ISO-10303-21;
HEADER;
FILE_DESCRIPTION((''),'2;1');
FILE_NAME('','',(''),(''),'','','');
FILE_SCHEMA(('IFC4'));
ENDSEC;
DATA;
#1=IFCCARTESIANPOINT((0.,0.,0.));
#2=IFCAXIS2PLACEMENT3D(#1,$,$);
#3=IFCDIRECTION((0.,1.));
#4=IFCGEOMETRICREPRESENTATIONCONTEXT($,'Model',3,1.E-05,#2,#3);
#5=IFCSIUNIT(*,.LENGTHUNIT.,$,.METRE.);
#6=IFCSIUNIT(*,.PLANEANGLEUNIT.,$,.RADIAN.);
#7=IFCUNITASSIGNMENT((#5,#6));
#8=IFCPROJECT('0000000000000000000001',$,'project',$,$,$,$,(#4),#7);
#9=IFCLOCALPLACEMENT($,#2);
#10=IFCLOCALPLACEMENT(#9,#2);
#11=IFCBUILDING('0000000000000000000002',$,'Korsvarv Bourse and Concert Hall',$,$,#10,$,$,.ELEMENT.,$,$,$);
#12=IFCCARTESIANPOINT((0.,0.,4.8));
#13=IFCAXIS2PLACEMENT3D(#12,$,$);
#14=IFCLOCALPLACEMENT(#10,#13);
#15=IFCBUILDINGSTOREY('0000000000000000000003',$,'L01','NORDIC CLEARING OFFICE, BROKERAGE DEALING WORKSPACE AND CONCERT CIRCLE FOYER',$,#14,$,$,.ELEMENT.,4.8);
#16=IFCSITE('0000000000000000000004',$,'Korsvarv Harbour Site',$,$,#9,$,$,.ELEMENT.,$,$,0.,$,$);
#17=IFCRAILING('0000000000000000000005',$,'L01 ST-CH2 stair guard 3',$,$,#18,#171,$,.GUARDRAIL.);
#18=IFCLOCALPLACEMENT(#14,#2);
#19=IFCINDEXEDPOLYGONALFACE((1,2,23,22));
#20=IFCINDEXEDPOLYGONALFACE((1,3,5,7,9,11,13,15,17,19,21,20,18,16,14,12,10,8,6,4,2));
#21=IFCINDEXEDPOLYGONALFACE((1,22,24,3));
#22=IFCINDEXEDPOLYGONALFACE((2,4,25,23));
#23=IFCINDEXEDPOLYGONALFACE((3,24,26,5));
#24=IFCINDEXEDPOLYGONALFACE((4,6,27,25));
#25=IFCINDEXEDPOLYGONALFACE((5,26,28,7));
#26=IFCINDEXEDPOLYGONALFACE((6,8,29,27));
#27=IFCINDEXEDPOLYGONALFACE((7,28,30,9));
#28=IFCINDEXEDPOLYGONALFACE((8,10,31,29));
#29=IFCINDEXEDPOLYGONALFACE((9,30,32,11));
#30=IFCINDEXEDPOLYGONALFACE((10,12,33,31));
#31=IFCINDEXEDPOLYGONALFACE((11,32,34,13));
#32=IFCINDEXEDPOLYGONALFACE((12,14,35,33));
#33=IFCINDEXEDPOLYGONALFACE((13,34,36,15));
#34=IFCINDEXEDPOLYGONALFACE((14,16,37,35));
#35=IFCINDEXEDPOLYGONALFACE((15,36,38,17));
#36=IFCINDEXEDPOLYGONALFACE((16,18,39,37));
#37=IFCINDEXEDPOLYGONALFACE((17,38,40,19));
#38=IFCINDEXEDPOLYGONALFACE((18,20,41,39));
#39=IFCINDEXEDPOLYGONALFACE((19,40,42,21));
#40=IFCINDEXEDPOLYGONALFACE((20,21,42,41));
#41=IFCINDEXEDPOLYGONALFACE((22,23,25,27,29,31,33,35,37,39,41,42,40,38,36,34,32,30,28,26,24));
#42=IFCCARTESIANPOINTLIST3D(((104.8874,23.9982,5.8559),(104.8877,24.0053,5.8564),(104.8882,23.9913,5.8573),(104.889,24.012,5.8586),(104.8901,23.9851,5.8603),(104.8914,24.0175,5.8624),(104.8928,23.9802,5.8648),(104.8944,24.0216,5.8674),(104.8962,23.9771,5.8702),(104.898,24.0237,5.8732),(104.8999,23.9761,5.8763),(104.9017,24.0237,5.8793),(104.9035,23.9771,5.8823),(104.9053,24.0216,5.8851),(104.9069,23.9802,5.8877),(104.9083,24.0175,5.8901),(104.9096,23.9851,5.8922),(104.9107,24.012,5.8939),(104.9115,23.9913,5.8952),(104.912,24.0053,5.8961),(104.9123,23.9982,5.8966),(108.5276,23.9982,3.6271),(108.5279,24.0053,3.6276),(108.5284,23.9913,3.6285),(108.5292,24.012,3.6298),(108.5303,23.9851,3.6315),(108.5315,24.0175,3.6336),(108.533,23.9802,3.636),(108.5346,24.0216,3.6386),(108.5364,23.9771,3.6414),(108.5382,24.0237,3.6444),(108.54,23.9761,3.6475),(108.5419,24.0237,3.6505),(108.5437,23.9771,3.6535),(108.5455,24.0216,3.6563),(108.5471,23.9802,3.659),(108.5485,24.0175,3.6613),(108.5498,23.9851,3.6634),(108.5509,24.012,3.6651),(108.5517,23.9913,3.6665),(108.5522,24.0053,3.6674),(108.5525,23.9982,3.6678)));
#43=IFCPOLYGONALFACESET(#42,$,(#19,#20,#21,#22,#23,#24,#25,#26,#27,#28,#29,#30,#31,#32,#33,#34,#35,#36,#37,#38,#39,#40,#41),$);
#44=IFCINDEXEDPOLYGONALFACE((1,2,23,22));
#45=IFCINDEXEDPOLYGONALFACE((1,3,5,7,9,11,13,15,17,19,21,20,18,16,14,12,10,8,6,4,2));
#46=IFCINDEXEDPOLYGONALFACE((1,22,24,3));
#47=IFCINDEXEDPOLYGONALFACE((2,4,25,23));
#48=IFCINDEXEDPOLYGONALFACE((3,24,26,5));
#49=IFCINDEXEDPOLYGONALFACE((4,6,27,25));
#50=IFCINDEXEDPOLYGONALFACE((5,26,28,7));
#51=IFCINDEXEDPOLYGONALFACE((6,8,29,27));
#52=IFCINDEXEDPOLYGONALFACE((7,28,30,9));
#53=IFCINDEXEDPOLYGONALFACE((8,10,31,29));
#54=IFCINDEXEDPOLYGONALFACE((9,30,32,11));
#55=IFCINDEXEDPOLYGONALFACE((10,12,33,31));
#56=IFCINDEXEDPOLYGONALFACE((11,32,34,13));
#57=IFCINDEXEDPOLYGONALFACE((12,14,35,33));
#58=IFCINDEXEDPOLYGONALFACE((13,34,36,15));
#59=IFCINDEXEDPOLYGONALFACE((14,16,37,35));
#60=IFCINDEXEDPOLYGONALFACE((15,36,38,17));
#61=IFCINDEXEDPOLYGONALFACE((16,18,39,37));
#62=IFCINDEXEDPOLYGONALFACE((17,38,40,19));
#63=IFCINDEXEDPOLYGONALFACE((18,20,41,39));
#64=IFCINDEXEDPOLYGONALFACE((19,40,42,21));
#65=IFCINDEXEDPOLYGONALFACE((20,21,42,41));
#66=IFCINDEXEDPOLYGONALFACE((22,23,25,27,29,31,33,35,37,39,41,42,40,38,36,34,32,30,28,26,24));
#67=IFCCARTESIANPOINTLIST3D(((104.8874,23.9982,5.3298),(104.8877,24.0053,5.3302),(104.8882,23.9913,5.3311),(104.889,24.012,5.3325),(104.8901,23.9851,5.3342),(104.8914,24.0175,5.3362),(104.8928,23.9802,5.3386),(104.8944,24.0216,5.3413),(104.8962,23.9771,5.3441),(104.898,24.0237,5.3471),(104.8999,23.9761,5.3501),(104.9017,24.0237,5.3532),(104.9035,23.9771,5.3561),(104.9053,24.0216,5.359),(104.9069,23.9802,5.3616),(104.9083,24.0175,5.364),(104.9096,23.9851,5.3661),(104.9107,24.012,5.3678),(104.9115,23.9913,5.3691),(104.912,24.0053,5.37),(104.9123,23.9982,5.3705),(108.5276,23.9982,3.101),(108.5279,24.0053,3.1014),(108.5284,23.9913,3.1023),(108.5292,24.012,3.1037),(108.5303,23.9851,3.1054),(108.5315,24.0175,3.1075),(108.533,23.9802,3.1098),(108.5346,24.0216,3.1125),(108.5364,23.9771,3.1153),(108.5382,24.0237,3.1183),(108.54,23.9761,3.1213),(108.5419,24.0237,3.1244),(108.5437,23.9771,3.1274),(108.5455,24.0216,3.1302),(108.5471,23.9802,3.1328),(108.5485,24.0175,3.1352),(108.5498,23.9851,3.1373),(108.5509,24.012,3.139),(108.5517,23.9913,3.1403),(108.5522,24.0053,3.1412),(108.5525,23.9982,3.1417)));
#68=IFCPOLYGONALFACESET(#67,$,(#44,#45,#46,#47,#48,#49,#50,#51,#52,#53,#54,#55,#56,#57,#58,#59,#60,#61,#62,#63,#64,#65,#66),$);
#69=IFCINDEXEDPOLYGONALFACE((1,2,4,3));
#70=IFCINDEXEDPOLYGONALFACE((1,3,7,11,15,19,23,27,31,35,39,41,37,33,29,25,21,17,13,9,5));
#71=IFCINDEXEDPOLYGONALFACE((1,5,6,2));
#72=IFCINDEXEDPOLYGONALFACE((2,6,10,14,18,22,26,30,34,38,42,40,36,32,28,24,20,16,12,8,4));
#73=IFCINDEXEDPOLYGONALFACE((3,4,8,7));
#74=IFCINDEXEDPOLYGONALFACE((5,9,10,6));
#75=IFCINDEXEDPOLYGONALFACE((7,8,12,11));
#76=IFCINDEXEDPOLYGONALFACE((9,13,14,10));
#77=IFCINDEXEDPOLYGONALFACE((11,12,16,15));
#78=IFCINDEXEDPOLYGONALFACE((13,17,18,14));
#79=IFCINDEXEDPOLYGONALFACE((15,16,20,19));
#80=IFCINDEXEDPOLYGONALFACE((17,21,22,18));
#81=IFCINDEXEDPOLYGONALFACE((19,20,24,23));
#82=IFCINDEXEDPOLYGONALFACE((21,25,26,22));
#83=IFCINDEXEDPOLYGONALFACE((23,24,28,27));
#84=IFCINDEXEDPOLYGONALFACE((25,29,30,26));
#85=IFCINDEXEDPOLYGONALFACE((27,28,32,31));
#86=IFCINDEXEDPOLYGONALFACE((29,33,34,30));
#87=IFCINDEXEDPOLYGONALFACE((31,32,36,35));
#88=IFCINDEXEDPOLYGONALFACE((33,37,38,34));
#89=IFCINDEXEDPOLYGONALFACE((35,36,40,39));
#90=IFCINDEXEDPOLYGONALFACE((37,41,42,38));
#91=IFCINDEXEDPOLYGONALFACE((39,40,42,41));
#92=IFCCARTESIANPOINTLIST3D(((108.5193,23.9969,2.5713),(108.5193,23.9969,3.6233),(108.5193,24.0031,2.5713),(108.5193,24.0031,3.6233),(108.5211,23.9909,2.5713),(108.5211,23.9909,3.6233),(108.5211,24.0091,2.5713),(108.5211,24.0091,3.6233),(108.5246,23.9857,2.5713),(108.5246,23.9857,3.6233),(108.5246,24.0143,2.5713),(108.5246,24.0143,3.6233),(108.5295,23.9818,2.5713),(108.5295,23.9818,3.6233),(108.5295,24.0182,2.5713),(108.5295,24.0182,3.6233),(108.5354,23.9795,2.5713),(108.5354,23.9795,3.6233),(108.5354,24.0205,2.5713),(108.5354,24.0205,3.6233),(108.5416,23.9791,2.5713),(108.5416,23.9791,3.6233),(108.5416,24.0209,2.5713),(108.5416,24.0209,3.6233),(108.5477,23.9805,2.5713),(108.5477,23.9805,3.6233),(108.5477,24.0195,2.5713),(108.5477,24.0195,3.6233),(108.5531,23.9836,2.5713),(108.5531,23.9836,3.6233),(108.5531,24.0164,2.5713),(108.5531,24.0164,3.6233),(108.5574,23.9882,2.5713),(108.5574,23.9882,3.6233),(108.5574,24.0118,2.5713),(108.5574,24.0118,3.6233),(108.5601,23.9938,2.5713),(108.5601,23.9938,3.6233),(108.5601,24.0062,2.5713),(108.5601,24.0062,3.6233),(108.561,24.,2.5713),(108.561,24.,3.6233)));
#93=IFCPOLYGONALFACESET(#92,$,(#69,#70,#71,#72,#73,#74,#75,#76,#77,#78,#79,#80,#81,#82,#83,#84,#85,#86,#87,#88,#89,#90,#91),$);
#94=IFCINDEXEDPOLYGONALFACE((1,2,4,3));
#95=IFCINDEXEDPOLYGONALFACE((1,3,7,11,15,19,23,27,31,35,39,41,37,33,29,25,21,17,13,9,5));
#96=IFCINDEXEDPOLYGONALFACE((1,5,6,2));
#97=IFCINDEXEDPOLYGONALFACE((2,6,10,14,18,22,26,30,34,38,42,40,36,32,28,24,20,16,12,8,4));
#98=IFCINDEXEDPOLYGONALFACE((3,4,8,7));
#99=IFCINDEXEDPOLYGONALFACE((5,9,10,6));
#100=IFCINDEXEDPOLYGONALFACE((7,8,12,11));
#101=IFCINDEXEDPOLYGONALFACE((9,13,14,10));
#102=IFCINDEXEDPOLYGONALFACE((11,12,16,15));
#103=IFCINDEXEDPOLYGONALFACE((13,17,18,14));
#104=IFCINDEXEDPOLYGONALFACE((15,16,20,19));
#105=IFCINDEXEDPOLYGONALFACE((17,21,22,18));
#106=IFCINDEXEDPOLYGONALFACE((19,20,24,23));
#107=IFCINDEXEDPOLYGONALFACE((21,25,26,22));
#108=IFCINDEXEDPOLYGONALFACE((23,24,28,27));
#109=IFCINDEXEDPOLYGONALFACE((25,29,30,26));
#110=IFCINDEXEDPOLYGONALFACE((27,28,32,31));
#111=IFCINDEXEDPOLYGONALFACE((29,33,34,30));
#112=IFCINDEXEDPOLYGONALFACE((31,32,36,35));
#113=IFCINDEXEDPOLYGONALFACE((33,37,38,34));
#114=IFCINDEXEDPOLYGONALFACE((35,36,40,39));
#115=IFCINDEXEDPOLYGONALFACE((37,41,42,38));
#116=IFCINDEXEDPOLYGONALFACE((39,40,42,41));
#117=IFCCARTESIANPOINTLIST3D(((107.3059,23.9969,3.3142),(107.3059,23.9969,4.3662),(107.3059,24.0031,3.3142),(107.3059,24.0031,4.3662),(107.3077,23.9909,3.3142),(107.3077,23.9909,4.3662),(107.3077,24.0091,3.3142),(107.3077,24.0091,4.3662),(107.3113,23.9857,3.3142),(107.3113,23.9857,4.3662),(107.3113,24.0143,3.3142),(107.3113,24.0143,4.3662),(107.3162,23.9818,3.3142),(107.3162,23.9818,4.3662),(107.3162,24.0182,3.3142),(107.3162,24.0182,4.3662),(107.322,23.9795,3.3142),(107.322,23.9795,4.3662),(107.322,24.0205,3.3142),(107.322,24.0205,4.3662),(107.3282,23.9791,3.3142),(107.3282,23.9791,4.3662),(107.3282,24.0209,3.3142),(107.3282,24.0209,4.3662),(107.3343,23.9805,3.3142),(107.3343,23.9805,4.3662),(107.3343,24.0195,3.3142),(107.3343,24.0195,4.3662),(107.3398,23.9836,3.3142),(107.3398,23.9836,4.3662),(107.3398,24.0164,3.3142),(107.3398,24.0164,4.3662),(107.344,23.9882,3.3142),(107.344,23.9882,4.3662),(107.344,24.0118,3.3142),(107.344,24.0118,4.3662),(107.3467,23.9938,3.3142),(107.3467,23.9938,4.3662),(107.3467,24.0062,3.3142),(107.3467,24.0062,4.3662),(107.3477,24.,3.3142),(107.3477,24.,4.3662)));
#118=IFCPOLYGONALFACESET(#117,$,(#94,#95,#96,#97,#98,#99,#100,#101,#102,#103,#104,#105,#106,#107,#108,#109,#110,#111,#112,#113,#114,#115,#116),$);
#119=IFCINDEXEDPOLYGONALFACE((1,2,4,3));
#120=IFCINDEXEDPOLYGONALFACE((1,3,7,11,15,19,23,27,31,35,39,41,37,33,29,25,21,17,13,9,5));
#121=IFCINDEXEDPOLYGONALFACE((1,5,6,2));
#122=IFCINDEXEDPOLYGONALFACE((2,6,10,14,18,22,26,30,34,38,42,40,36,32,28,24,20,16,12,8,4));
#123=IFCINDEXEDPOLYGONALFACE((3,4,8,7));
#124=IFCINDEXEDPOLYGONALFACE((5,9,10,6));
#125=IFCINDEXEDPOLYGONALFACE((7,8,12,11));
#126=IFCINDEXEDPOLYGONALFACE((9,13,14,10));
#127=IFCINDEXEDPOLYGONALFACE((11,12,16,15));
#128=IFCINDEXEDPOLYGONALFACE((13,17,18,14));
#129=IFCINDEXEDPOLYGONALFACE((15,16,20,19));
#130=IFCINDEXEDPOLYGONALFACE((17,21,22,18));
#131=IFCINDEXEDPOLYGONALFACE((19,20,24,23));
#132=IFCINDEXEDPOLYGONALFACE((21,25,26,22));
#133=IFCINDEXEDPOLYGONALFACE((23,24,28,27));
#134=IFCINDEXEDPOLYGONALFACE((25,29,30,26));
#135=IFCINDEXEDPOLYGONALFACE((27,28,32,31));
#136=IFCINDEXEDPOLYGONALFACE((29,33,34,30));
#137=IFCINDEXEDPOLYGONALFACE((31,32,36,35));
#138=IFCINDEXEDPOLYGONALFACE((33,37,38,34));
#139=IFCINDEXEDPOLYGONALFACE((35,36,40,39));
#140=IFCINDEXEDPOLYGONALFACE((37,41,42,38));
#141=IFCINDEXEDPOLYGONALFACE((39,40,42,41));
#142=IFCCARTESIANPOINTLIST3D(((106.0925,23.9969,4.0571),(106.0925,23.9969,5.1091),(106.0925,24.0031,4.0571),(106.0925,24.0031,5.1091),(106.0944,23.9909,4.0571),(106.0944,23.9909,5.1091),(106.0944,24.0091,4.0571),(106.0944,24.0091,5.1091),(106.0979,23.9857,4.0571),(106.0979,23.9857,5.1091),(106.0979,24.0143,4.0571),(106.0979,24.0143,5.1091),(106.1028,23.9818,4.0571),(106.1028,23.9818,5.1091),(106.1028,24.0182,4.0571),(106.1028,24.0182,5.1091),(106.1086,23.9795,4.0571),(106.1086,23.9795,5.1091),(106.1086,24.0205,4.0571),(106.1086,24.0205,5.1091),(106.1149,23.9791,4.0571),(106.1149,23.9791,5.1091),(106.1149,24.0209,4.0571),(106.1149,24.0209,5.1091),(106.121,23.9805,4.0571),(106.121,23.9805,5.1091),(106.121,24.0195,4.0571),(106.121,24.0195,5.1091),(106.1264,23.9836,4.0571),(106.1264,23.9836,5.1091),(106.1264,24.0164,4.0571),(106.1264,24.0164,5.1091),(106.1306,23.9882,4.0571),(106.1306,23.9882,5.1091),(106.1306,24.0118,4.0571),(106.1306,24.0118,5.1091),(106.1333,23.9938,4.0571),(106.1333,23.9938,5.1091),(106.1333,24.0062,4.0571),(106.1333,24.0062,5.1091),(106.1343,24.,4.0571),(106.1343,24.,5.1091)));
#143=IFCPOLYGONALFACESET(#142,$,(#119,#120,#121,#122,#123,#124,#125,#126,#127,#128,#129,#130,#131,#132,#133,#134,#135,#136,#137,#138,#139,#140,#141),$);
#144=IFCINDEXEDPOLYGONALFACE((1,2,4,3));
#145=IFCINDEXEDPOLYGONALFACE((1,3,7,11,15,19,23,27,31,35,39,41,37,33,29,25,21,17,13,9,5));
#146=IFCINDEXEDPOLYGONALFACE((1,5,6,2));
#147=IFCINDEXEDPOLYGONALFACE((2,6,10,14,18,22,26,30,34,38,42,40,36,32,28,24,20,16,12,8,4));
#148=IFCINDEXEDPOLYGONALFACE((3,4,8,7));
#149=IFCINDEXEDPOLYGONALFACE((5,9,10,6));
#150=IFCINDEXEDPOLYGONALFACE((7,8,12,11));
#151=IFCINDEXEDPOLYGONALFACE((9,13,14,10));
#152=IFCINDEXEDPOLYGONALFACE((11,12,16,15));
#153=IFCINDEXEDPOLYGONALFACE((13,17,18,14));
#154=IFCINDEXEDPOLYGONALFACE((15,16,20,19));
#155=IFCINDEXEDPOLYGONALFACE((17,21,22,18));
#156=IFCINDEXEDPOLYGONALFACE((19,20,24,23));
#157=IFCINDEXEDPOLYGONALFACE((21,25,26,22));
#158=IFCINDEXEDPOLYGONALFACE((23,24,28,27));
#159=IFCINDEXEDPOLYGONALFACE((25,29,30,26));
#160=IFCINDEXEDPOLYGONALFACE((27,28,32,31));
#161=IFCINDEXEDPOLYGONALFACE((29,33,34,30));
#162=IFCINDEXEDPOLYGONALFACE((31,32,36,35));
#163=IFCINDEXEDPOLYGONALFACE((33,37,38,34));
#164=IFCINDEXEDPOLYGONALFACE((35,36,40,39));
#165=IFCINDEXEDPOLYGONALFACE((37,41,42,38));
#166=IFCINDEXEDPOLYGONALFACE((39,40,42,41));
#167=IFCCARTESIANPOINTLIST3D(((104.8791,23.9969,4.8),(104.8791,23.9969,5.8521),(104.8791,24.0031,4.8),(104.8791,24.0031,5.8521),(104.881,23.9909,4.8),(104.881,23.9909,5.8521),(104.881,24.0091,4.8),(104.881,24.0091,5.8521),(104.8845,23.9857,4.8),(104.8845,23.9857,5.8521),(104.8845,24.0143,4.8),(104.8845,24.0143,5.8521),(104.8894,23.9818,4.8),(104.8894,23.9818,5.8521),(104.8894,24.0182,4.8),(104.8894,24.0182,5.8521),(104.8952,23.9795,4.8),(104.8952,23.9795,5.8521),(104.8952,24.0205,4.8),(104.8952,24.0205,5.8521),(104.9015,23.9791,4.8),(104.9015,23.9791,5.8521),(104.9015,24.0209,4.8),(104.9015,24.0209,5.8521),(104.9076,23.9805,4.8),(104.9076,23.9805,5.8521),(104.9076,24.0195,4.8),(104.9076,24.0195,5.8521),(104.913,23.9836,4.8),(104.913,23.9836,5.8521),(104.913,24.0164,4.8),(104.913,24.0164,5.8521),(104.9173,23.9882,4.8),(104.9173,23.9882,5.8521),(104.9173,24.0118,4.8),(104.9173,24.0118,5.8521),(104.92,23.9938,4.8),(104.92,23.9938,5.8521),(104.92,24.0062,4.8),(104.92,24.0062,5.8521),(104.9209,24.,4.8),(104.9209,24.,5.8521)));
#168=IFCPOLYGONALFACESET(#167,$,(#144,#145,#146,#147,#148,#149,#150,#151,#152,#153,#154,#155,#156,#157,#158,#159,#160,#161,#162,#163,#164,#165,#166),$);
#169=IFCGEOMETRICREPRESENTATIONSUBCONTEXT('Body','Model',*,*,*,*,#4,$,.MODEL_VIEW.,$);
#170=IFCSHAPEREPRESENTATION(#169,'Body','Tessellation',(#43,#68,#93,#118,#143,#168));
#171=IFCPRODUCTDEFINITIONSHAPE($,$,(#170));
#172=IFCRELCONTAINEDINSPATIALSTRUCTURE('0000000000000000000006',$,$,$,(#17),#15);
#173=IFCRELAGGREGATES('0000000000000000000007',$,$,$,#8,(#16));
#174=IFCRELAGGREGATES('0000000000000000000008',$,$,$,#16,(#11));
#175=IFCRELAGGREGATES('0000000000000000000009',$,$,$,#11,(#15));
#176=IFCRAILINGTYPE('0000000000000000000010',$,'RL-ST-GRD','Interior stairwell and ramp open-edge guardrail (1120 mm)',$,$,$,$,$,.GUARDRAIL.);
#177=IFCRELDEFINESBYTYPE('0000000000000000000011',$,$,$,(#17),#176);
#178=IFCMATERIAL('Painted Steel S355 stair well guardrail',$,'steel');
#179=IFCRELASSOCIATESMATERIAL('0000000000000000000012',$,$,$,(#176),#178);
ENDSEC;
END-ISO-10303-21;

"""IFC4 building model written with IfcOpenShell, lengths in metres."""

from ifc_helpers import new_model, si_unit, direction, frame, origin, origin_2d, place, context, subcontext, project, spatial, circle, extrude, material, type_object, element, save


model = new_model("IFC4")

# Units and contexts
model_context = context("Model", 3, precision=1e-05, world=origin(), true_north=direction((0.0, 1.0)))
body_context = subcontext(model_context, "Body", "Model", "MODEL_VIEW")
ifc_project = project(units=[si_unit("LENGTHUNIT", "METRE"), si_unit("PLANEANGLEUNIT", "RADIAN")], contexts=[model_context])

# Site, building, storey
site_placement = place(None, origin())
site = spatial("IfcSite", under=ifc_project, at=site_placement, Name="Korsvarv Harbour Site", CompositionType="ELEMENT", RefElevation=0.0)
building_placement = place(site_placement, origin())
building = spatial("IfcBuilding", under=site, at=building_placement, Name="Korsvarv Bourse and Concert Hall", CompositionType="ELEMENT")
storey_placement = place(building_placement, frame((0.0, 0.0, 4.8)))
storey = spatial("IfcBuildingStorey", under=building, at=storey_placement, Name="L01", Description="NORDIC CLEARING OFFICE, BROKERAGE DEALING WORKSPACE AND CONCERT CIRCLE FOYER", CompositionType="ELEMENT", Elevation=4.8)

# Railing
ifc_material_1 = material(Name="Painted Steel S355 stair well guardrail", Category="steel")
railing_type_1 = type_object("IfcRailingType", Name="RL-ST-GRD", Description="Interior stairwell and ramp open-edge guardrail (1120 mm)", PredefinedType="GUARDRAIL", material=ifc_material_1)
railing_1_placement = place(storey_placement, frame((108.54, 24.0, 2.5713)))
element("IfcRailing", 1, at=railing_1_placement, inside=storey, type_object=railing_type_1, Name="L01 ST-CH2 stair guard 3", PredefinedType="GUARDRAIL", context=body_context, shape_type="SweptSolid", body=[
    extrude(circle(Radius=0.0239, at=origin_2d()), frame((0.0, 0.0, 1.0762), z_axis=(-0.85284, 0.0, 0.522172), x_axis=(0.0, -1.0, 0.0)), (0.0, 0.0, 1.0), 4.2683),
    extrude(circle(Radius=0.0239, at=origin_2d()), frame((0.0, 0.0, 0.55), z_axis=(-0.85284, 0.0, 0.522172), x_axis=(0.0, -1.0, 0.0)), (0.0, 0.0, 1.0), 4.2683),
    extrude(circle(Radius=0.021, at=origin_2d()), origin(), (0.0, 0.0, 1.0), 1.052),
    extrude(circle(Radius=0.021, at=origin_2d()), frame((-1.2134, 0.0, 0.7429)), (0.0, 0.0, 1.0), 1.052),
    extrude(circle(Radius=0.021, at=origin_2d()), frame((-2.4268, 0.0, 1.4858)), (0.0, 0.0, 1.0), 1.052),
    extrude(circle(Radius=0.021, at=origin_2d()), frame((-3.6401, 0.0, 2.2288)), (0.0, 0.0, 1.0), 1.052),
])

save(model, "model.ifc")
